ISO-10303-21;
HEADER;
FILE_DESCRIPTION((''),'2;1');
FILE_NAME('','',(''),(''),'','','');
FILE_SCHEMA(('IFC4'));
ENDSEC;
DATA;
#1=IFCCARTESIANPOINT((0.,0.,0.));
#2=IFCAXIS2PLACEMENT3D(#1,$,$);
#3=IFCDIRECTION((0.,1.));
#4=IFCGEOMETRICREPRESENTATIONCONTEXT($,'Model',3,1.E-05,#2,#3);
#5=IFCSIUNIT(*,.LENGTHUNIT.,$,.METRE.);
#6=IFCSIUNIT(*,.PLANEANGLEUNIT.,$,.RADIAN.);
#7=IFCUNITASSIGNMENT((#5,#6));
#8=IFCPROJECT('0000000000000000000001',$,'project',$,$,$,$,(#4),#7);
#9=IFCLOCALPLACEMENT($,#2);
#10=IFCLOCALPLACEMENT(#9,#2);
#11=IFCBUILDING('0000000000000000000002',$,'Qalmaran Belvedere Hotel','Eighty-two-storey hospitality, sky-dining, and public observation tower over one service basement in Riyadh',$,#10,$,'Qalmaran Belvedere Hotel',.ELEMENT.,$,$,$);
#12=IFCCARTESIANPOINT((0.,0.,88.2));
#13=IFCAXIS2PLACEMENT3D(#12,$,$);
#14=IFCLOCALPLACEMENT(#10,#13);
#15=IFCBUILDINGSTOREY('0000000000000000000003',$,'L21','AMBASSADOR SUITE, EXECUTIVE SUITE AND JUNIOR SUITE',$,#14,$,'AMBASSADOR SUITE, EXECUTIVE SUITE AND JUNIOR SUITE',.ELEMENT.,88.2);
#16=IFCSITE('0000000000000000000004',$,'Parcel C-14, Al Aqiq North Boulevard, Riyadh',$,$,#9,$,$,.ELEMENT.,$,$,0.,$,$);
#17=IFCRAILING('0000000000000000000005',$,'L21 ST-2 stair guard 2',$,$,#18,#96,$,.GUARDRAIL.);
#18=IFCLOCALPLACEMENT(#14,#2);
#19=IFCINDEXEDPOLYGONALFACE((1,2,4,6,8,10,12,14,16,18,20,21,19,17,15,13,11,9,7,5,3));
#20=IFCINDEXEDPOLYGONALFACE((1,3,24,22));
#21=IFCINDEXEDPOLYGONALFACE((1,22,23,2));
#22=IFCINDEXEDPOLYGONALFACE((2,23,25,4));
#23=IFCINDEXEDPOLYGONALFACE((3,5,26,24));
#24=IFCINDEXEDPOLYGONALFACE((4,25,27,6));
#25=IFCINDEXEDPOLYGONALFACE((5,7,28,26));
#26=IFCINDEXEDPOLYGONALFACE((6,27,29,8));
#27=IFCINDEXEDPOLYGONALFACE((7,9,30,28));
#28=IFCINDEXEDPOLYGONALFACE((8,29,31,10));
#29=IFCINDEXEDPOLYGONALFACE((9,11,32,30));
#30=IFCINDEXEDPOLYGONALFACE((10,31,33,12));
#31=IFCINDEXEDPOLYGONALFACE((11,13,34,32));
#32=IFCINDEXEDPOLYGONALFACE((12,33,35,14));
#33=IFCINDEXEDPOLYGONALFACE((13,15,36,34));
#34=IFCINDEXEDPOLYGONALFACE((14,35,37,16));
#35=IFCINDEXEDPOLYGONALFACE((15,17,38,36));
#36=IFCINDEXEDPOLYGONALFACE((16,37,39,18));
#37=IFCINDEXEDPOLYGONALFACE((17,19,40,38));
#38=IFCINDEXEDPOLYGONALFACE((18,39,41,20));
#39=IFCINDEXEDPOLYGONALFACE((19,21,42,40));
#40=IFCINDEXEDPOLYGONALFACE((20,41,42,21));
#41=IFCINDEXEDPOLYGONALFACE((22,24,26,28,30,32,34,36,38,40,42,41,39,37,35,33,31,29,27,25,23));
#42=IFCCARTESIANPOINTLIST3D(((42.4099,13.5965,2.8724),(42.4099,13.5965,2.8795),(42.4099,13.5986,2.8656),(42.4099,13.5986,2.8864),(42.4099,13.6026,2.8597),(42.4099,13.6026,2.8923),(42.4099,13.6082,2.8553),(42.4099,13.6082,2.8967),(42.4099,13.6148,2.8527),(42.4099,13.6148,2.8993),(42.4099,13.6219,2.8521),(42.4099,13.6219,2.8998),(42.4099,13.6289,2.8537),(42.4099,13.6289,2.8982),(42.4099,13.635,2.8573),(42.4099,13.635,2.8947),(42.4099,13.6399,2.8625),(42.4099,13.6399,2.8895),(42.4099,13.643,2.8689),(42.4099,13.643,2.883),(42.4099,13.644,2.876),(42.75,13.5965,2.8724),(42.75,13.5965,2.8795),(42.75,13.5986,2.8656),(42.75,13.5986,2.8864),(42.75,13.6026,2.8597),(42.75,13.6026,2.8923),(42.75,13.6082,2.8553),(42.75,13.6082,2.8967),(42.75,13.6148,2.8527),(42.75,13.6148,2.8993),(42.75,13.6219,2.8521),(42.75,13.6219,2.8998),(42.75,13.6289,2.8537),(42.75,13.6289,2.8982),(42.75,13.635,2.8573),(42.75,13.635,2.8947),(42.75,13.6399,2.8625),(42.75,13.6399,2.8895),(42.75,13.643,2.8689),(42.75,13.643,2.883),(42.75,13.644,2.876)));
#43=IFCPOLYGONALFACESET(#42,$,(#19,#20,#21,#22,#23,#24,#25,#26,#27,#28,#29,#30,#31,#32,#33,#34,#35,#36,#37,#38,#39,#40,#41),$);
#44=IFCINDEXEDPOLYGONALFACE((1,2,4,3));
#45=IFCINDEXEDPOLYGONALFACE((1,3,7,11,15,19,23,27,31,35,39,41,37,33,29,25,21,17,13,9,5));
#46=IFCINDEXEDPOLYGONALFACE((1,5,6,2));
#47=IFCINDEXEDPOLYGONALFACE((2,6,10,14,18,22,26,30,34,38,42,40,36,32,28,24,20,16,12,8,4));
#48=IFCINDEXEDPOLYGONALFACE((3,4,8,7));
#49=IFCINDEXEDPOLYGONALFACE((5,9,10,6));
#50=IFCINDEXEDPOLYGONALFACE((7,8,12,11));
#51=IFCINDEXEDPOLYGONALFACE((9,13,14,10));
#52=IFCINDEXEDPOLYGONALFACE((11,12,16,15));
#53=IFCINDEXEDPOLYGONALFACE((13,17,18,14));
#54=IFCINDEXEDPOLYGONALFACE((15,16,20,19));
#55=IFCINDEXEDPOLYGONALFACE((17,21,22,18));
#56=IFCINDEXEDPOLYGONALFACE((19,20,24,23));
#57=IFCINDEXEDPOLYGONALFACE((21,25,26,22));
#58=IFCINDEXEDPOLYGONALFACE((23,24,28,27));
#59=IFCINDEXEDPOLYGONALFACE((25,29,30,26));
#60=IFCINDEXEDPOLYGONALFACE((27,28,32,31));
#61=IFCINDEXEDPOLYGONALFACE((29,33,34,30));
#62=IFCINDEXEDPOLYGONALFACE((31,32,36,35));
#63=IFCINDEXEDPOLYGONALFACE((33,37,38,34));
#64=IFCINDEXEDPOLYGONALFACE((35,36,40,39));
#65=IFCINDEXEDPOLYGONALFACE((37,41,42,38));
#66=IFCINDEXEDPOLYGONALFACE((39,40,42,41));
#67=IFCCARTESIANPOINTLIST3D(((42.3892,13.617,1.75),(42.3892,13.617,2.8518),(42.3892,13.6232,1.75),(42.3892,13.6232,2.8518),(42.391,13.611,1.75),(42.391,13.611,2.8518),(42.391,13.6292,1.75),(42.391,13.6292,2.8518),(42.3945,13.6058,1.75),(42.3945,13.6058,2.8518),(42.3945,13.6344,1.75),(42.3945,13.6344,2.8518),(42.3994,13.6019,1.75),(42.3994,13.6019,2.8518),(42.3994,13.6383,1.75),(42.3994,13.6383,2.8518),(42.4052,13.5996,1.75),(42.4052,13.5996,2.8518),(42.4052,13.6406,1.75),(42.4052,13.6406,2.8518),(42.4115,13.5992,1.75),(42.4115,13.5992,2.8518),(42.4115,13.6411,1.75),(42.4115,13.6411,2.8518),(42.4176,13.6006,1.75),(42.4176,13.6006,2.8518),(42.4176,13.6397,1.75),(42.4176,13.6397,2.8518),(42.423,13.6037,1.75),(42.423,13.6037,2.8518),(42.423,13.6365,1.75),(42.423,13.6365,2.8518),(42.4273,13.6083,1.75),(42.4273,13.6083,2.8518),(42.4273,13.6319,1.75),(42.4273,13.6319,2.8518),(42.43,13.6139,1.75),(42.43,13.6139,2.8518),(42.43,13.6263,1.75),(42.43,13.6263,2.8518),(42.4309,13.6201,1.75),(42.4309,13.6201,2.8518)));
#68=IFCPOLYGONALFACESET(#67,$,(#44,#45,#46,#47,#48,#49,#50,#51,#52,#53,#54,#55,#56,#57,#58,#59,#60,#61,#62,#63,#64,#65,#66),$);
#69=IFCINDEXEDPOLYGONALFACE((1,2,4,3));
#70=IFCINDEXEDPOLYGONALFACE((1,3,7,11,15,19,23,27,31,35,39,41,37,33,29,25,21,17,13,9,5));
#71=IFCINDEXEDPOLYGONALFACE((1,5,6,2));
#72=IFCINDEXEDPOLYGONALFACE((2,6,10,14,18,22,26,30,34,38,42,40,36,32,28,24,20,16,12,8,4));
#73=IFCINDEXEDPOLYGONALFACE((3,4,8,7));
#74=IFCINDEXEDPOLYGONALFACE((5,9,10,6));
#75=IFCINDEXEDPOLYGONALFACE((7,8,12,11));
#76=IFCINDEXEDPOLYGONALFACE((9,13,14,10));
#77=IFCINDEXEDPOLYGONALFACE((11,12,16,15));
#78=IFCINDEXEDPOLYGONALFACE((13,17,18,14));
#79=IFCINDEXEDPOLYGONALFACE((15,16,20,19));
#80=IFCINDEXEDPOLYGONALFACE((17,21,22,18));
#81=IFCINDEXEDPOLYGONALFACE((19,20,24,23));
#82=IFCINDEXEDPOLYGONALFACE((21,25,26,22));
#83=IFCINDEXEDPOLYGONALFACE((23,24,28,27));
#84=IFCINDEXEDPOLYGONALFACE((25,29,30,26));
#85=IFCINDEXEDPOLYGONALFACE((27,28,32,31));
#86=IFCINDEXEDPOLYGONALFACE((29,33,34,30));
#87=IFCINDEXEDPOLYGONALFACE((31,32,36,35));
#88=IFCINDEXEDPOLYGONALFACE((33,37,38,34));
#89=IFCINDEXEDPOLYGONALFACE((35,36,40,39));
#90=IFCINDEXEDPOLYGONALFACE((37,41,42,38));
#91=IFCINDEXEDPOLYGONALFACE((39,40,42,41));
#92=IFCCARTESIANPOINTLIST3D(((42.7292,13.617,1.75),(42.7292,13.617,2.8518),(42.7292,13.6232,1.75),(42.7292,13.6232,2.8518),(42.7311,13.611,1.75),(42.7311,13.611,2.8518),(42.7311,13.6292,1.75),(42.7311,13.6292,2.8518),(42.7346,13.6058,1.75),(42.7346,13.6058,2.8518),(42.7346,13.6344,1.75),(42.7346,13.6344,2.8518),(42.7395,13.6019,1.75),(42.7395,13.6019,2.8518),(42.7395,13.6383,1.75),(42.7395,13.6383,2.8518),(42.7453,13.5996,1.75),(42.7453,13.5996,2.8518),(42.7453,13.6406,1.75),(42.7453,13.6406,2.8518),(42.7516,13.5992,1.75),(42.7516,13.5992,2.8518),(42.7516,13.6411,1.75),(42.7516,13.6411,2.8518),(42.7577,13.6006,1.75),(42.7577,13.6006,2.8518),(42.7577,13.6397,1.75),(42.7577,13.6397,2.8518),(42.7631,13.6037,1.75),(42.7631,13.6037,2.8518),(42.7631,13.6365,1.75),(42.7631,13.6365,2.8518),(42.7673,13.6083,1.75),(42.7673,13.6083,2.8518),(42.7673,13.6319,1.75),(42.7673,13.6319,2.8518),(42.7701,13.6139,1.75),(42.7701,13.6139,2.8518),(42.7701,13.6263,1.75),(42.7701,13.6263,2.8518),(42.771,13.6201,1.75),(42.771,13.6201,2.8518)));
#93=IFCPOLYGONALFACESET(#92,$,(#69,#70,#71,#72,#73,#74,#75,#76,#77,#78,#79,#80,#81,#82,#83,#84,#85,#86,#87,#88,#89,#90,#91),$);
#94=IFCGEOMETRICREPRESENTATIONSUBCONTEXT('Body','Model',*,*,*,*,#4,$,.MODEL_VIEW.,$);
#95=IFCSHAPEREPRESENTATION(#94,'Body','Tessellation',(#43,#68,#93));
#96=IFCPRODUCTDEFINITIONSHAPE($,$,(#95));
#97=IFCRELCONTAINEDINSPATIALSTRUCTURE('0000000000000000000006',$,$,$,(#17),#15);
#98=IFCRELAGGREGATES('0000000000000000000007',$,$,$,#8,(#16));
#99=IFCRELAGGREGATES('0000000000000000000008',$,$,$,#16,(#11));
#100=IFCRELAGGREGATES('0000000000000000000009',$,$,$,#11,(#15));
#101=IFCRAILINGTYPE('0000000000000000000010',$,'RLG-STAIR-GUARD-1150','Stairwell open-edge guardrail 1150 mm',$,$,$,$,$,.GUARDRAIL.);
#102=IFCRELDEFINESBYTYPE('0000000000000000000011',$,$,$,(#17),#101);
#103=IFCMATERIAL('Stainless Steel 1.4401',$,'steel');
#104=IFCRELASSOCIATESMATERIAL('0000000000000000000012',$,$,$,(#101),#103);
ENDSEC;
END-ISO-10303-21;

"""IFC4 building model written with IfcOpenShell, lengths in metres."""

from ifc_helpers import new_model, si_unit, direction, frame, origin, origin_2d, place, context, subcontext, project, spatial, circle, extrude, material, type_object, element, save


model = new_model("IFC4")

# Units and contexts
model_context = context("Model", 3, precision=1e-05, world=origin(), true_north=direction((0.0, 1.0)))
body_context = subcontext(model_context, "Body", "Model", "MODEL_VIEW")
ifc_project = project(units=[si_unit("LENGTHUNIT", "METRE"), si_unit("PLANEANGLEUNIT", "RADIAN")], contexts=[model_context])

# Site, building, storey
site_placement = place(None, origin())
site = spatial("IfcSite", under=ifc_project, at=site_placement, Name="Parcel C-14, Al Aqiq North Boulevard, Riyadh", CompositionType="ELEMENT", RefElevation=0.0)
building_placement = place(site_placement, origin())
building = spatial("IfcBuilding", under=site, at=building_placement, Name="Qalmaran Belvedere Hotel", Description="Eighty-two-storey hospitality, sky-dining, and public observation tower over one service basement in Riyadh", LongName="Qalmaran Belvedere Hotel", CompositionType="ELEMENT")
storey_placement = place(building_placement, frame((0.0, 0.0, 88.2)))
storey = spatial("IfcBuildingStorey", under=building, at=storey_placement, Name="L21", Description="AMBASSADOR SUITE, EXECUTIVE SUITE AND JUNIOR SUITE", LongName="AMBASSADOR SUITE, EXECUTIVE SUITE AND JUNIOR SUITE", CompositionType="ELEMENT", Elevation=88.2)

# Shared definitions
ifc_material_1 = material(Name="Stainless Steel 1.4401", Category="steel")

# Railing
railing_type_1 = type_object("IfcRailingType", Name="RLG-STAIR-GUARD-1150", Description="Stairwell open-edge guardrail 1150 mm", PredefinedType="GUARDRAIL", material=ifc_material_1)
railing_1_placement = place(storey_placement, frame((42.4099, 13.6201, 1.75)))
element("IfcRailing", 1, at=railing_1_placement, inside=storey, type_object=railing_type_1, Name="L21 ST-2 stair guard 2", PredefinedType="GUARDRAIL", context=body_context, shape_type="SweptSolid", body=[
    extrude(circle(Radius=0.0239, at=origin_2d()), frame((0.0, 0.0, 1.126), z_axis=(1.0, 0.0, 0.0), x_axis=(0.0, 1.0, 0.0)), (0.0, 0.0, 1.0), 0.3401),
    extrude(circle(Radius=0.021, at=origin_2d()), origin(), (0.0, 0.0, 1.0), 1.1018),
    extrude(circle(Radius=0.021, at=origin_2d()), frame((0.3401, 0.0, 0.0)), (0.0, 0.0, 1.0), 1.1018),
])

save(model, "model.ifc")
